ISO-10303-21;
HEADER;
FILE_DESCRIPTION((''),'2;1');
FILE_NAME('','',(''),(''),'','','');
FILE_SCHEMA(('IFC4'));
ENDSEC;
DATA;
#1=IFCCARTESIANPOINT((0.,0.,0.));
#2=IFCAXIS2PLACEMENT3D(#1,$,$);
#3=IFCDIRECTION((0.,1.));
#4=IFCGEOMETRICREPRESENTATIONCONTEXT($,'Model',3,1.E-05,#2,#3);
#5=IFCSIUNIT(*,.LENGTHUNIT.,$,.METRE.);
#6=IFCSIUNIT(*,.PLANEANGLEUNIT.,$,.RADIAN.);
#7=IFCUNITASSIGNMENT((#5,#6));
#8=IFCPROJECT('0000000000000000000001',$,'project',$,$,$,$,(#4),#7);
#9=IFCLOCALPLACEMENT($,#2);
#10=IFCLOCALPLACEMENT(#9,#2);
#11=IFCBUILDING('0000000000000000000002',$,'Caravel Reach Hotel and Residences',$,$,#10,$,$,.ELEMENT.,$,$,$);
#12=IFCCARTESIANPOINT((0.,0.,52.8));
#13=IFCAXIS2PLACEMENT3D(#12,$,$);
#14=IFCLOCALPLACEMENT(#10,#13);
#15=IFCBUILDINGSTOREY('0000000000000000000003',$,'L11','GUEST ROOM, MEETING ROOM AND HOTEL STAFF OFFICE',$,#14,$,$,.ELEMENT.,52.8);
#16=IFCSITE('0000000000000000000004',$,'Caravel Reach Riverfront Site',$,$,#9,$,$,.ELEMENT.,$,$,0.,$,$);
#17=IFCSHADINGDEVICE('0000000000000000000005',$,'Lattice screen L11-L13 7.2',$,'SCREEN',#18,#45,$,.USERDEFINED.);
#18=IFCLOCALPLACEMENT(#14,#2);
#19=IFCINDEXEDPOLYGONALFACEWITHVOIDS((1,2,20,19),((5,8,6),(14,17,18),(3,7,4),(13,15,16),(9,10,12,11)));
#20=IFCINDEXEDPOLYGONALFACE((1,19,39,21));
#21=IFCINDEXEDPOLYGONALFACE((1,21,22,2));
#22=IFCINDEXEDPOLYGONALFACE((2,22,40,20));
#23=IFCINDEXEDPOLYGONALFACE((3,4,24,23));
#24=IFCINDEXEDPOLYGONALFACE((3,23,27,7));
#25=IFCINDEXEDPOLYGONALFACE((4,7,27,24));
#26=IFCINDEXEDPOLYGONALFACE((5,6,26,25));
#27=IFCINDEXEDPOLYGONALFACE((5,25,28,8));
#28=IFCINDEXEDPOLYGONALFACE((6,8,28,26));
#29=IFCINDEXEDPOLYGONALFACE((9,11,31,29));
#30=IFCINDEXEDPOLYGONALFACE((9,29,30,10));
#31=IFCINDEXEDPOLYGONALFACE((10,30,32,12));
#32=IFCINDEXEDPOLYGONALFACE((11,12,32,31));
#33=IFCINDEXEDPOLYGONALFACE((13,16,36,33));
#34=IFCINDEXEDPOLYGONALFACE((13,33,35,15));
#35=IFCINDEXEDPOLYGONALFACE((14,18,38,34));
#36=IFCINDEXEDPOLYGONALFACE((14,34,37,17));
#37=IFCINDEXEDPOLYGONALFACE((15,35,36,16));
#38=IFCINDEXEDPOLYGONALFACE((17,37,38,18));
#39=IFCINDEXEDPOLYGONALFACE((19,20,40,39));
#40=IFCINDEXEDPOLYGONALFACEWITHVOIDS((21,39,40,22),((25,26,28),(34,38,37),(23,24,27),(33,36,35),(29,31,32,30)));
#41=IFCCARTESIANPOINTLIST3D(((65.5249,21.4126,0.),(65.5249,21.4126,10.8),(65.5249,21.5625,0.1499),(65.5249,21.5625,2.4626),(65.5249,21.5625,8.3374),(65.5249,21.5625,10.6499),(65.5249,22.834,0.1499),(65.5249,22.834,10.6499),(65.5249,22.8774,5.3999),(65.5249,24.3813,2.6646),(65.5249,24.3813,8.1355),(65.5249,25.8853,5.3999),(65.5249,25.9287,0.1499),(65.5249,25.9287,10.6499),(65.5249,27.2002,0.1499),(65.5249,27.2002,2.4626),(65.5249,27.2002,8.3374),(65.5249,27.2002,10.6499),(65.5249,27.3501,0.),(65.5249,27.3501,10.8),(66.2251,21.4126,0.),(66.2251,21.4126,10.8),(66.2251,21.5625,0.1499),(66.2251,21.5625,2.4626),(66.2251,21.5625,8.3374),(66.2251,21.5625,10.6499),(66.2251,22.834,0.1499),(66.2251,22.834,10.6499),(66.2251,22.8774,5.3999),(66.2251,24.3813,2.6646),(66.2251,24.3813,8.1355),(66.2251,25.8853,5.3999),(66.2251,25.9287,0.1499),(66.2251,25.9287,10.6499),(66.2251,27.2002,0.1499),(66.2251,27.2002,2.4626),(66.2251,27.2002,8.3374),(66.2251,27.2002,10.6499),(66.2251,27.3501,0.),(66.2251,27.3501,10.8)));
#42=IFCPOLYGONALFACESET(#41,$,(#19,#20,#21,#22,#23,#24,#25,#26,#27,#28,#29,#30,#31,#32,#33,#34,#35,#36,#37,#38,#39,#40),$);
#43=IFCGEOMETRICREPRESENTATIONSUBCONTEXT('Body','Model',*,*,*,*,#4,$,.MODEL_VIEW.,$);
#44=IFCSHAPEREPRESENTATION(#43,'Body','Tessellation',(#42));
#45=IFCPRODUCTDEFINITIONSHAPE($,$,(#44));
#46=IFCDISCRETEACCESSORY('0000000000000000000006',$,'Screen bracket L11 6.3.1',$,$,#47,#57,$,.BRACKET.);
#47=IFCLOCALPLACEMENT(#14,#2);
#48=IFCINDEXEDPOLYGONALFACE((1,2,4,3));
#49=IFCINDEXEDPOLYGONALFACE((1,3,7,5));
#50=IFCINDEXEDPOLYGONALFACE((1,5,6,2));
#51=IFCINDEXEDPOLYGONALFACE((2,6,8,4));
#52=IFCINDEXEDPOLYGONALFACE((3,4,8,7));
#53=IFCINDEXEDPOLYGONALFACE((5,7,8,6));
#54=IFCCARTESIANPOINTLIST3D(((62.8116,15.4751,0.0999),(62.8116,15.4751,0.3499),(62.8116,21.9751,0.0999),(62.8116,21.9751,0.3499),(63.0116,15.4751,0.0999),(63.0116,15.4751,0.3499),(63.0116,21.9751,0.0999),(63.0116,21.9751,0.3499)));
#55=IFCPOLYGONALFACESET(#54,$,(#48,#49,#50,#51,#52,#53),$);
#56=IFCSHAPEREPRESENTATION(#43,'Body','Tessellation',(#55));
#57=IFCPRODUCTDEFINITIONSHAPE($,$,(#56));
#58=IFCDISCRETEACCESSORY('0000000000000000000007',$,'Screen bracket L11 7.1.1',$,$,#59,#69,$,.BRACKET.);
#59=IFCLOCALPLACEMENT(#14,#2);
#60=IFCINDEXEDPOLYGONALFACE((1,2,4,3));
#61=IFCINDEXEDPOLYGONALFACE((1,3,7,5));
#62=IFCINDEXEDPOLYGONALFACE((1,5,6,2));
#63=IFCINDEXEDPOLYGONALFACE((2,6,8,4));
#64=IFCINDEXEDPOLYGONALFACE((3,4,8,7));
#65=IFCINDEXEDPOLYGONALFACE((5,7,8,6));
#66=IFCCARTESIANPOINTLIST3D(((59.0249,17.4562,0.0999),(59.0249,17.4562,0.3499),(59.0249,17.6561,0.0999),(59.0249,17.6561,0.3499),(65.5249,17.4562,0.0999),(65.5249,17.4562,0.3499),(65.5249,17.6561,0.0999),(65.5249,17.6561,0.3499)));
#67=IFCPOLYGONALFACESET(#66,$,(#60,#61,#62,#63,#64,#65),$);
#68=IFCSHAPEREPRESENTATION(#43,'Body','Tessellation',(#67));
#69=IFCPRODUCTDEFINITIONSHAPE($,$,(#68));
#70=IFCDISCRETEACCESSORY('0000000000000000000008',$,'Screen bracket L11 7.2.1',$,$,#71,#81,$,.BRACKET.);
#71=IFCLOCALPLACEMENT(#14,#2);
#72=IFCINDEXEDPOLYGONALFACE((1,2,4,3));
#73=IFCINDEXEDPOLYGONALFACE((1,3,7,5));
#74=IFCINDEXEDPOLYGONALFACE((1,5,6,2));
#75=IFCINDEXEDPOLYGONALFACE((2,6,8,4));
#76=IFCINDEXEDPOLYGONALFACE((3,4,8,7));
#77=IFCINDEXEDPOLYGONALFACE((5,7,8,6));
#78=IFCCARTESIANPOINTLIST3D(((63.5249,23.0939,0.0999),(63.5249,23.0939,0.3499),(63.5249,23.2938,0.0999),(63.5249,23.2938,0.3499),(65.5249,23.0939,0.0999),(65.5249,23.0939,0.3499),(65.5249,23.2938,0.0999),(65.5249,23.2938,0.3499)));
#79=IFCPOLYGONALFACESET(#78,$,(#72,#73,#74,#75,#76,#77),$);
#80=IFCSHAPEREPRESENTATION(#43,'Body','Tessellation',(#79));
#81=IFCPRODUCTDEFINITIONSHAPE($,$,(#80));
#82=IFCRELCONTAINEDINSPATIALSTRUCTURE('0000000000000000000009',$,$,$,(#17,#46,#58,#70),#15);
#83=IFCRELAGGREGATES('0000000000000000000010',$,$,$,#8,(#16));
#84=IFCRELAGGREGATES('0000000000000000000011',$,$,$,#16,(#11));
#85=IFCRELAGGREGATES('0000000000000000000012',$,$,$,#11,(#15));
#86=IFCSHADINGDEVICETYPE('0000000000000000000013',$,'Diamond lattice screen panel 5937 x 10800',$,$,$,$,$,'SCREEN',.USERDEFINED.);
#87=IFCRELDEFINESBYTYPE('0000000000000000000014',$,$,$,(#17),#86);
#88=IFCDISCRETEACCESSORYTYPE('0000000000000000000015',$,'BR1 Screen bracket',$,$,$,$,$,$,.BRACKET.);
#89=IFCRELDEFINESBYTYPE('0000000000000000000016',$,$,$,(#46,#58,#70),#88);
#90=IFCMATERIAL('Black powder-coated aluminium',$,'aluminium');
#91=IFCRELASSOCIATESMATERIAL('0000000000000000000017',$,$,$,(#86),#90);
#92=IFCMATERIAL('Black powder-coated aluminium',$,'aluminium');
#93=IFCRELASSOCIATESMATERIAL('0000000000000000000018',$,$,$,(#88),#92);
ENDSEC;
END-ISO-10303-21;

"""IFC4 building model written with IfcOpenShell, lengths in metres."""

from ifc_helpers import new_model, si_unit, direction, frame, origin, origin_2d, place, context, subcontext, project, spatial, polyline, rectangle, outline, extrude, material, type_object, element, save


model = new_model("IFC4")

# Units and contexts
model_context = context("Model", 3, precision=1e-05, world=origin(), true_north=direction((0.0, 1.0)))
body_context = subcontext(model_context, "Body", "Model", "MODEL_VIEW")
ifc_project = project(units=[si_unit("LENGTHUNIT", "METRE"), si_unit("PLANEANGLEUNIT", "RADIAN")], contexts=[model_context])

# Site, building, storey
site_placement = place(None, origin())
site = spatial("IfcSite", under=ifc_project, at=site_placement, Name="Caravel Reach Riverfront Site", CompositionType="ELEMENT", RefElevation=0.0)
building_placement = place(site_placement, origin())
building = spatial("IfcBuilding", under=site, at=building_placement, Name="Caravel Reach Hotel and Residences", CompositionType="ELEMENT")
storey_placement = place(building_placement, frame((0.0, 0.0, 52.8)))
storey = spatial("IfcBuildingStorey", under=building, at=storey_placement, Name="L11", Description="GUEST ROOM, MEETING ROOM AND HOTEL STAFF OFFICE", CompositionType="ELEMENT", Elevation=52.8)

# Shading device
ifc_material_1 = material(Name="Black powder-coated aluminium", Category="aluminium")
shading_device_type_1 = type_object("IfcShadingDeviceType", Name="Diamond lattice screen panel 5937 x 10800", ElementType="SCREEN", PredefinedType="USERDEFINED", material=ifc_material_1)
for number, where, z_axis, x_axis, name in (
    (1, (65.5249, 21.4126, 0.0), (1.0, 0.0, 0.0), (0.0, 1.0, 0.0), "Lattice screen L11-L13 7.2"),
):
    element("IfcShadingDevice", number, at=place(storey_placement, frame(where, z_axis=z_axis, x_axis=x_axis)), inside=storey, type_object=shading_device_type_1, Name=name, ObjectType="SCREEN", PredefinedType="USERDEFINED", context=body_context, shape_type="SweptSolid", body=[
        extrude(outline(polyline([(0.0, 0.0), (5.9375, 0.0), (5.9375, 10.8), (0.0, 10.8), (0.0, 0.0)]), holes=[polyline([(1.4214, 0.1499), (0.1499, 2.4626), (0.1499, 0.1499), (1.4214, 0.1499)]), polyline([(0.1499, 8.3374), (1.4214, 10.6499), (0.1499, 10.6499), (0.1499, 8.3374)]), polyline([(2.9688, 8.1355), (1.4648, 5.3999), (2.9688, 2.6646), (4.4727, 5.3999), (2.9688, 8.1355)]), polyline([(5.7876, 2.4626), (4.5161, 0.1499), (5.7876, 0.1499), (5.7876, 2.4626)]), polyline([(4.5161, 10.6499), (5.7876, 8.3374), (5.7876, 10.6499), (4.5161, 10.6499)])]), origin(), (0.0, 0.0, 1.0), 0.7002),
    ])

# Discrete accessories
ifc_material_2 = material(Name="Black powder-coated aluminium", Category="aluminium")
discrete_accessory_type = type_object("IfcDiscreteAccessoryType", Name="BR1 Screen bracket", PredefinedType="BRACKET", material=ifc_material_2)
for number, where, z_axis, x_axis, name in (
    (2, (62.9116, 18.7251, 0.0999), (0.0, 0.0, 1.0), (0.0, -1.0, 0.0), "Screen bracket L11 6.3.1"),
    (3, (62.2749, 17.5562, 0.0999), (0.0, 0.0, 1.0), (1.0, 0.0, 0.0), "Screen bracket L11 7.1.1"),
):
    element("IfcDiscreteAccessory", number, at=place(storey_placement, frame(where, z_axis=z_axis, x_axis=x_axis)), inside=storey, type_object=discrete_accessory_type, Name=name, PredefinedType="BRACKET", context=body_context, shape_type="SweptSolid", body=[
        extrude(rectangle(XDim=6.5, YDim=0.2, at=origin_2d()), origin(), (0.0, 0.0, 1.0), 0.25),
    ])
discrete_accessory_placement = place(storey_placement, frame((64.5249, 23.1938, 0.0999), z_axis=(0.0, 0.0, 1.0), x_axis=(1.0, 0.0, 0.0)))
element("IfcDiscreteAccessory", 4, at=discrete_accessory_placement, inside=storey, type_object=discrete_accessory_type, Name="Screen bracket L11 7.2.1", PredefinedType="BRACKET", context=body_context, shape_type="SweptSolid", body=[
    extrude(rectangle(XDim=2.0, YDim=0.2, at=origin_2d()), origin(), (0.0, 0.0, 1.0), 0.25),
])

save(model, "model.ifc")
